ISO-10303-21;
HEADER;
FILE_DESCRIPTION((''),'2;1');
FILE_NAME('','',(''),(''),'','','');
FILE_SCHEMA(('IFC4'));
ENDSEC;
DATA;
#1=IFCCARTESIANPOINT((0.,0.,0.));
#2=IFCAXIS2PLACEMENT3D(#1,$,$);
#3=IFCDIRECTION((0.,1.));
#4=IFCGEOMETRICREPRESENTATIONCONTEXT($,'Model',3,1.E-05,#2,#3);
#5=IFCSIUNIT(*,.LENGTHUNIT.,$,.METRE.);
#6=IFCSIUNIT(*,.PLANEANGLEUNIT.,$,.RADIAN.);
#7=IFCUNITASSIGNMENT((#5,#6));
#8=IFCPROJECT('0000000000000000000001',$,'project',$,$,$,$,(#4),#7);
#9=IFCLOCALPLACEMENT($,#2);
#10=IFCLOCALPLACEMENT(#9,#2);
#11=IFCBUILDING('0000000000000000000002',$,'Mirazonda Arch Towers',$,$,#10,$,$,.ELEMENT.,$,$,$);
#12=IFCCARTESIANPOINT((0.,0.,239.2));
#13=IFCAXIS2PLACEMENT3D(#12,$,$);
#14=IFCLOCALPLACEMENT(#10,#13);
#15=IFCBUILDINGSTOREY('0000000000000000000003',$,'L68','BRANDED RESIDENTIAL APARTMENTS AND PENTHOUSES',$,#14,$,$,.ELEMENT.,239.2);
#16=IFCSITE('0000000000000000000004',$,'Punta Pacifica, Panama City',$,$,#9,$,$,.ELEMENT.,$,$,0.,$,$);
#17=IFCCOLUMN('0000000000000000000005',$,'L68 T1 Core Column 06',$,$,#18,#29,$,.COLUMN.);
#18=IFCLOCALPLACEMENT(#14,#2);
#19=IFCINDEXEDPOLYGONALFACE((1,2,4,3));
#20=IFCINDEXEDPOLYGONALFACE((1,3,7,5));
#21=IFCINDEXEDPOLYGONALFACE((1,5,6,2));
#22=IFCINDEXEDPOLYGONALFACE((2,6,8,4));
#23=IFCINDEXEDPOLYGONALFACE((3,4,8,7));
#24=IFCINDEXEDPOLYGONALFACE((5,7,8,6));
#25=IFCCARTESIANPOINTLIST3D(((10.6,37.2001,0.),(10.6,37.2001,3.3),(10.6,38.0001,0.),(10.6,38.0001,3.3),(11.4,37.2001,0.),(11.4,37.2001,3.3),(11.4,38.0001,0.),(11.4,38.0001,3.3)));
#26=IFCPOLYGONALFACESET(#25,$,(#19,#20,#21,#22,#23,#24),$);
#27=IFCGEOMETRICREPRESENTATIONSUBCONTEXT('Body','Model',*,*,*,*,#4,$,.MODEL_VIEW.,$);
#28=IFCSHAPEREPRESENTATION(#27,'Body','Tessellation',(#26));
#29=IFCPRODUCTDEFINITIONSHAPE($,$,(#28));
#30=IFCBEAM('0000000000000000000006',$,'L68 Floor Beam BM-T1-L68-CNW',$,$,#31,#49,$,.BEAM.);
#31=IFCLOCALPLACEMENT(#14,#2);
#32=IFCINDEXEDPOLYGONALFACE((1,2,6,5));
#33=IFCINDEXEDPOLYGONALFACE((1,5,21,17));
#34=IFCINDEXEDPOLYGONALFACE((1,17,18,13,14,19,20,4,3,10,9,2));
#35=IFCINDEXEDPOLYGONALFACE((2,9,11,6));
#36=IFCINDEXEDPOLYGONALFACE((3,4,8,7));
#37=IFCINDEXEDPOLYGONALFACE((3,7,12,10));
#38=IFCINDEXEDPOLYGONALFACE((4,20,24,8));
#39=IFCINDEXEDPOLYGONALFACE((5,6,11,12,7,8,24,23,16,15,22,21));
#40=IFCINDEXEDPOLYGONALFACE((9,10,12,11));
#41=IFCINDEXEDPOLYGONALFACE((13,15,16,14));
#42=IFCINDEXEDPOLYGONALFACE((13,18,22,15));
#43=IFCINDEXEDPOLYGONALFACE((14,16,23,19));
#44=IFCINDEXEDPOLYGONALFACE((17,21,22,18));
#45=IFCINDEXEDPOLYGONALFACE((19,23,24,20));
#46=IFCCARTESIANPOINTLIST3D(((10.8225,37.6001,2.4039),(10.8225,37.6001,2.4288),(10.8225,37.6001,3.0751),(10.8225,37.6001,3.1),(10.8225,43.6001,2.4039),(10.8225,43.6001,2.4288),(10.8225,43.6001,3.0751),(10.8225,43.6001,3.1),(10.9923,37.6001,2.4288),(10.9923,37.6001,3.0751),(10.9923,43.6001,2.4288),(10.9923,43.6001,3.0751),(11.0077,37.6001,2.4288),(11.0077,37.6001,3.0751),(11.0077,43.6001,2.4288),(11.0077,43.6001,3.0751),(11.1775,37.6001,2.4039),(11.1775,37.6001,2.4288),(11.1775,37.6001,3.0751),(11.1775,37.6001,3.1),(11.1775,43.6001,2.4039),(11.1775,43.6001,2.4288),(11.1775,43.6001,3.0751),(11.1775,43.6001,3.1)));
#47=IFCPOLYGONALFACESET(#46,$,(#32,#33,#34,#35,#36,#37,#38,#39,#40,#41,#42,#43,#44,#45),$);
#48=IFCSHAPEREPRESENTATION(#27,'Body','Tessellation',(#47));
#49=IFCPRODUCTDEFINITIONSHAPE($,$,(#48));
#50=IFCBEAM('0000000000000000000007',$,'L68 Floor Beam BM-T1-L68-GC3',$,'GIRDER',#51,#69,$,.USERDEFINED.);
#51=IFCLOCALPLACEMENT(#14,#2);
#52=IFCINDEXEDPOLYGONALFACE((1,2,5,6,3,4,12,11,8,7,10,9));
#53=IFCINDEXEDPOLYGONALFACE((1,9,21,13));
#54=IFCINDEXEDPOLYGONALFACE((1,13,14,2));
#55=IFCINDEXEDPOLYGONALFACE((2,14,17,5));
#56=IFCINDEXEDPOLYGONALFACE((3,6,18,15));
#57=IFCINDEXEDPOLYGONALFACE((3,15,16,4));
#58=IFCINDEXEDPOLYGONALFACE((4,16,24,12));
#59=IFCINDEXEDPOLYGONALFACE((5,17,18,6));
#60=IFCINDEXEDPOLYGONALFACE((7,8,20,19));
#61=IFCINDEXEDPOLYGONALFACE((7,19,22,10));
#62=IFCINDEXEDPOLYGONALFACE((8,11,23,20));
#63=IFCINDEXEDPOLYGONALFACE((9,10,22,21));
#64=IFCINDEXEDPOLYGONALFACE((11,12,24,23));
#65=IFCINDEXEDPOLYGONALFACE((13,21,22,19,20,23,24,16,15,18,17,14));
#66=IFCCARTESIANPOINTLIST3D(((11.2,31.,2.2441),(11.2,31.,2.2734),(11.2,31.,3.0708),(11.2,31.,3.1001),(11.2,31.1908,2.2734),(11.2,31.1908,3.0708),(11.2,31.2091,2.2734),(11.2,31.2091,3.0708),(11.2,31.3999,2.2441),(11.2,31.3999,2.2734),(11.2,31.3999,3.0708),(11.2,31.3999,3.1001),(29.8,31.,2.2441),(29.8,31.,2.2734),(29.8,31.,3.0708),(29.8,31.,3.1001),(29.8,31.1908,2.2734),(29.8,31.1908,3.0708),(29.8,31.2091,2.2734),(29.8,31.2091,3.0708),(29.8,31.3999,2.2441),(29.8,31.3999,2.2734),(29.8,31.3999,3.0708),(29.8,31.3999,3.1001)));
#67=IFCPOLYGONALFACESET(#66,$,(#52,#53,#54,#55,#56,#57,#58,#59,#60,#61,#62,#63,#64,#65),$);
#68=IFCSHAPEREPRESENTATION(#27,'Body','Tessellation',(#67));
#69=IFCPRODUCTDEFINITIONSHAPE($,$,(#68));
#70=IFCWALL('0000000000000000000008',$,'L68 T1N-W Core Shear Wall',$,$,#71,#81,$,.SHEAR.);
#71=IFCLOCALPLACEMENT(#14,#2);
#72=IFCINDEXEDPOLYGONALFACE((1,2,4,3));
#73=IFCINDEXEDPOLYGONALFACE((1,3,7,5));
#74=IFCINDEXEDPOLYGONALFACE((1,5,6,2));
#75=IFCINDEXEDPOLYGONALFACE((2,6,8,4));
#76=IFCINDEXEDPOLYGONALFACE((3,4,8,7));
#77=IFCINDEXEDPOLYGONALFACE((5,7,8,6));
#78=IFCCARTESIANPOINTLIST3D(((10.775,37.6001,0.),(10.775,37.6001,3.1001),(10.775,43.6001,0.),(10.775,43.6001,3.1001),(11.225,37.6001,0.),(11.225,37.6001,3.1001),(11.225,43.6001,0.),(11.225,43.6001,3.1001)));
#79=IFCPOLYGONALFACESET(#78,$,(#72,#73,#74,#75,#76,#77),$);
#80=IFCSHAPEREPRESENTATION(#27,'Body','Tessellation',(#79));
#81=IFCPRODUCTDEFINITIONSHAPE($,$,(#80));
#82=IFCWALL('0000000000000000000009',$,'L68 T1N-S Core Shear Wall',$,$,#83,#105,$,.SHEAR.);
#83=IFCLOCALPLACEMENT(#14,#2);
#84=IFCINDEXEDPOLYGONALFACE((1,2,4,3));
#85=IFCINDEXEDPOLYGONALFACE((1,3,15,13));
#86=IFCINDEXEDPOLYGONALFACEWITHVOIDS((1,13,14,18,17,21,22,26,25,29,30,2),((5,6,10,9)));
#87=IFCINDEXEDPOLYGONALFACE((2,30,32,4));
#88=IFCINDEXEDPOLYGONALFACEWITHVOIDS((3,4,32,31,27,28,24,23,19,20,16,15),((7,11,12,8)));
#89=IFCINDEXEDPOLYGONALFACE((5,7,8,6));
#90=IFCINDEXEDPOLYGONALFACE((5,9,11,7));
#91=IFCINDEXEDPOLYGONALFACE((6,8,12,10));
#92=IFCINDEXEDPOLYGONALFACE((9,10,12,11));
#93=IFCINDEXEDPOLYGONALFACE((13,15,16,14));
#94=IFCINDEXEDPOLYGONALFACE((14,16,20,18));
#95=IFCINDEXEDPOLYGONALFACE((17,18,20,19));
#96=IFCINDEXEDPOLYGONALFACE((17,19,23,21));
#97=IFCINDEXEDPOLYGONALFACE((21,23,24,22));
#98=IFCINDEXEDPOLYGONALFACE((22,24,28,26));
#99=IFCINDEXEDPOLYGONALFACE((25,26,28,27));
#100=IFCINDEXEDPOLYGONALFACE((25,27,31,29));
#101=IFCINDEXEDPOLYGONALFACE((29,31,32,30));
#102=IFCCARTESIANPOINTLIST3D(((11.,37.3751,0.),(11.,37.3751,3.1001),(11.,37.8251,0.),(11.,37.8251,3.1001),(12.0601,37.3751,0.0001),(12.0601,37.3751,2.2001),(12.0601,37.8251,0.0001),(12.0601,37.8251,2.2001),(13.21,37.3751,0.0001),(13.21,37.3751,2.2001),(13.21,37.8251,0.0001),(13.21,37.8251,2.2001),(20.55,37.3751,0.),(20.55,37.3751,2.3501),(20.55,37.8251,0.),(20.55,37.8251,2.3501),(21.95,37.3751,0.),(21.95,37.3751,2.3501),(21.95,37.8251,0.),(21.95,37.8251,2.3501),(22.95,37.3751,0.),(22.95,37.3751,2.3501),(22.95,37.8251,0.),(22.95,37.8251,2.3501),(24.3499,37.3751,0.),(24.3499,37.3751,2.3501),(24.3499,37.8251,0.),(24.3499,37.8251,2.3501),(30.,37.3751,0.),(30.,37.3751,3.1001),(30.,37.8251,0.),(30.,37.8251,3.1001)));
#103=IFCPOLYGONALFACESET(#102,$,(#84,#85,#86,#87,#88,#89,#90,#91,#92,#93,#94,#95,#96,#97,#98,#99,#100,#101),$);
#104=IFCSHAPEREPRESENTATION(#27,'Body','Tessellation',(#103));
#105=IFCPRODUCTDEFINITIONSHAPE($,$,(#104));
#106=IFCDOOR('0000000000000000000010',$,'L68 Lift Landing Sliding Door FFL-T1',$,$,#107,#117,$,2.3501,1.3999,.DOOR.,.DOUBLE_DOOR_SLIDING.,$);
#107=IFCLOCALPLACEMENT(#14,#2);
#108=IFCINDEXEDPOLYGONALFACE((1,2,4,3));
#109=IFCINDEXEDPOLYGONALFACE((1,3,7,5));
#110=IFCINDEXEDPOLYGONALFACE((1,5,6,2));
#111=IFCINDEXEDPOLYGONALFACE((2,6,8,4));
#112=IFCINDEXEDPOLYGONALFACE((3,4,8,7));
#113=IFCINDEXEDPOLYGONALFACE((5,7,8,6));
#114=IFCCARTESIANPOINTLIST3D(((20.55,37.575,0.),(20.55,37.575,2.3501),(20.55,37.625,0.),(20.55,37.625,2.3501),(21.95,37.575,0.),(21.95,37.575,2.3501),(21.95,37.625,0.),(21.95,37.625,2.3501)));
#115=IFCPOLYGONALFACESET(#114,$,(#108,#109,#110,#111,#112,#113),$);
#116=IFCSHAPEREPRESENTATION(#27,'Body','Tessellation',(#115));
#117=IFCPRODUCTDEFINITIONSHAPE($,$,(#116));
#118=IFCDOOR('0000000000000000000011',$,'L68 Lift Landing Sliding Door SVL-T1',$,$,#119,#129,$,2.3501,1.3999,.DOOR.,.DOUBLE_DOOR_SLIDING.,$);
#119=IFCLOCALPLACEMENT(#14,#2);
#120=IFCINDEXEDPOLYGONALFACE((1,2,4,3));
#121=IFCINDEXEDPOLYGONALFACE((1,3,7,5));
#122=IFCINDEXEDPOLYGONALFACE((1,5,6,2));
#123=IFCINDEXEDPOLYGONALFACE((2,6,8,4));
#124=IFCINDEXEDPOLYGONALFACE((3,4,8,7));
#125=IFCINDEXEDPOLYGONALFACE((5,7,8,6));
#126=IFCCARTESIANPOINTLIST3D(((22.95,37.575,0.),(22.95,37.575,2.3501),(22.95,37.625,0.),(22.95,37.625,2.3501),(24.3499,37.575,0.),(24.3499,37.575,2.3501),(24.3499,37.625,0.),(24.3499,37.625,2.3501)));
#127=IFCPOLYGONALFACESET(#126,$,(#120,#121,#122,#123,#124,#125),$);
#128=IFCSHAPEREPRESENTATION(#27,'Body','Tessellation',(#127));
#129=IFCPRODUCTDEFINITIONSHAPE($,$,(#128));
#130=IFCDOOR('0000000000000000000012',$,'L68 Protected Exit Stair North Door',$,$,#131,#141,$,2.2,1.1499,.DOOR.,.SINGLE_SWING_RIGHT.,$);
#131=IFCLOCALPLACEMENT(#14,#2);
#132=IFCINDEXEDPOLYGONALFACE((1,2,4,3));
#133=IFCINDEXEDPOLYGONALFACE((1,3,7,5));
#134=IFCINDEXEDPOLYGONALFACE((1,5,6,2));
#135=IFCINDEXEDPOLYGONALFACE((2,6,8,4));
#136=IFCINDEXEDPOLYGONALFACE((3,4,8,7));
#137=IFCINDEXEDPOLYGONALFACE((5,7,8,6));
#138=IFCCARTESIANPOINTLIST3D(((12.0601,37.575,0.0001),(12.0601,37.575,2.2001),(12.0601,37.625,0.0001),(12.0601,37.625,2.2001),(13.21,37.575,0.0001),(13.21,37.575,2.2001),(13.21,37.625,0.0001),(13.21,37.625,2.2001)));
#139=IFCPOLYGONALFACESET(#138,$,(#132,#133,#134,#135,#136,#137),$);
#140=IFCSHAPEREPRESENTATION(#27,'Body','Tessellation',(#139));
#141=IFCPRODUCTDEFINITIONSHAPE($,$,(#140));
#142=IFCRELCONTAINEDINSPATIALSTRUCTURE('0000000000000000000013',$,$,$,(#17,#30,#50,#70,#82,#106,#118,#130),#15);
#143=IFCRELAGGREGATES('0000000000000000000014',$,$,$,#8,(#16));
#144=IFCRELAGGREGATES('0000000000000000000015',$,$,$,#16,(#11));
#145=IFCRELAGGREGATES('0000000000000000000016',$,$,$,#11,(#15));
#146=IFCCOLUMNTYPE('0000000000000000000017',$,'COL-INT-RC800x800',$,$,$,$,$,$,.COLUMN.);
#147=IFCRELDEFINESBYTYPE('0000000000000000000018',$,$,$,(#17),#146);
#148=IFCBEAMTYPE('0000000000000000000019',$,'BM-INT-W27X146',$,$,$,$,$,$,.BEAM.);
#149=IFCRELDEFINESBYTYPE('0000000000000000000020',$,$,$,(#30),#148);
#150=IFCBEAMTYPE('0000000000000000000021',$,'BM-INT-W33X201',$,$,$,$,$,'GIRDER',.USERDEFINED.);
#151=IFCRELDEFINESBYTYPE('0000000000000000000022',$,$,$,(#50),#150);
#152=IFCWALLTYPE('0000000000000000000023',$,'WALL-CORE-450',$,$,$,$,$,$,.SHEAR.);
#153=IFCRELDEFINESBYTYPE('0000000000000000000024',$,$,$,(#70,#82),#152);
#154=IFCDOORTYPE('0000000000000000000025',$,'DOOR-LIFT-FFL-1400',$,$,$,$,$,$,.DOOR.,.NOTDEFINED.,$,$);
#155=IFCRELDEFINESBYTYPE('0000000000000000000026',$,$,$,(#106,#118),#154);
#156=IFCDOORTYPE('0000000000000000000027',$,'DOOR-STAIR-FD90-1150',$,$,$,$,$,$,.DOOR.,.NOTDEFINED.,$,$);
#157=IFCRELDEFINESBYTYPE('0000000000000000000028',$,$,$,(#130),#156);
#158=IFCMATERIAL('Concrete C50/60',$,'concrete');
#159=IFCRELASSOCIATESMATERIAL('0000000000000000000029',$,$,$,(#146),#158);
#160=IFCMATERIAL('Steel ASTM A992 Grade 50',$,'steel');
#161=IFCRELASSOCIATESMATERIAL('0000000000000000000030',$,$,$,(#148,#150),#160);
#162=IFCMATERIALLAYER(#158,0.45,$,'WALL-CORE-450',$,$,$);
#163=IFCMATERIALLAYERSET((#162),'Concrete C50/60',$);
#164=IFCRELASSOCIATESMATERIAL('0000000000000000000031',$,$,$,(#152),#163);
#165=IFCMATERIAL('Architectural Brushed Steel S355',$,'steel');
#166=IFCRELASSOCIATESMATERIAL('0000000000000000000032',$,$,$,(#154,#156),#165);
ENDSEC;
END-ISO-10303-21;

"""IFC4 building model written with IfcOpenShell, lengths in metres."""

from ifc_helpers import new_model, si_unit, direction, frame, frame_2d, origin, origin_2d, place, context, subcontext, project, spatial, rectangle, i_section, extrude, material, layer, layer_set, material_profile, profile_set, type_object, element, fill, save


model = new_model("IFC4")

# Units and contexts
model_context = context("Model", 3, precision=1e-05, world=origin(), true_north=direction((0.0, 1.0)))
body_context = subcontext(model_context, "Body", "Model", "MODEL_VIEW")
ifc_project = project(units=[si_unit("LENGTHUNIT", "METRE"), si_unit("PLANEANGLEUNIT", "RADIAN")], contexts=[model_context])

# Site, building, storey
site_placement = place(None, origin())
site = spatial("IfcSite", under=ifc_project, at=site_placement, Name="Punta Pacifica, Panama City", CompositionType="ELEMENT", RefElevation=0.0)
building_placement = place(site_placement, origin())
building = spatial("IfcBuilding", under=site, at=building_placement, Name="Mirazonda Arch Towers", CompositionType="ELEMENT")
storey_placement = place(building_placement, frame((0.0, 0.0, 239.2)))
storey = spatial("IfcBuildingStorey", under=building, at=storey_placement, Name="L68", Description="BRANDED RESIDENTIAL APARTMENTS AND PENTHOUSES", CompositionType="ELEMENT", Elevation=239.2)

# Column
ifc_material_1 = material(Name="Concrete C50/60", Category="concrete")
ifc_material_profile_1 = material_profile(ifc_material_1, rectangle(XDim=0.8, YDim=0.8, at=origin_2d()), Name="RC800x800")
ifc_profile_set_1 = profile_set([ifc_material_profile_1], Name="Concrete C50/60")
column_type = type_object("IfcColumnType", Name="COL-INT-RC800x800", PredefinedType="COLUMN", material=ifc_profile_set_1)
column_placement = place(storey_placement, frame((11.0, 37.6001, 0.0), z_axis=(0.0, 0.0, 1.0), x_axis=(1.0, 0.0, 0.0)))
element("IfcColumn", 1, at=column_placement, inside=storey, type_object=column_type, Name="L68 T1 Core Column 06", PredefinedType="COLUMN", context=body_context, shape_type="SweptSolid", body=[
    extrude(rectangle(XDim=0.8, YDim=0.8, at=origin_2d()), origin(), (0.0, 0.0, 1.0), 3.3),
])

# Beams
ifc_material_2 = material(Name="Steel ASTM A992 Grade 50", Category="steel")
ifc_material_profile_2 = material_profile(ifc_material_2, i_section(OverallWidth=0.355, OverallDepth=0.696, WebThickness=0.0154, FlangeThickness=0.0249, at=origin_2d()), Name="W27X146")
ifc_profile_set_2 = profile_set([ifc_material_profile_2], Name="Steel ASTM A992 Grade 50")
beam_type_1 = type_object("IfcBeamType", Name="BM-INT-W27X146", PredefinedType="BEAM", material=ifc_profile_set_2)
beam_1_placement = place(storey_placement, frame((11.0, 37.6001, 2.752), z_axis=(0.0, 1.0, 0.0), x_axis=(-1.0, 0.0, 0.0)))
element("IfcBeam", 2, at=beam_1_placement, inside=storey, type_object=beam_type_1, Name="L68 Floor Beam BM-T1-L68-CNW", PredefinedType="BEAM", context=body_context, shape_type="SweptSolid", body=[
    extrude(i_section(OverallWidth=0.355, OverallDepth=0.696, WebThickness=0.0154, FlangeThickness=0.0249, at=origin_2d()), origin(), (0.0, 0.0, 1.0), 6.0),
])
ifc_material_profile_3 = material_profile(ifc_material_2, i_section(OverallWidth=0.3999, OverallDepth=0.856, WebThickness=0.0183, FlangeThickness=0.0293, at=origin_2d()), Name="W33X201")
ifc_profile_set_3 = profile_set([ifc_material_profile_3], Name="Steel ASTM A992 Grade 50")
beam_type_2 = type_object("IfcBeamType", Name="BM-INT-W33X201", ElementType="GIRDER", PredefinedType="USERDEFINED", material=ifc_profile_set_3)
beam_2_placement = place(storey_placement, frame((11.2, 31.2, 2.6721), z_axis=(1.0, 0.0, 0.0), x_axis=(0.0, 1.0, 0.0)))
element("IfcBeam", 3, at=beam_2_placement, inside=storey, type_object=beam_type_2, Name="L68 Floor Beam BM-T1-L68-GC3", ObjectType="GIRDER", PredefinedType="USERDEFINED", context=body_context, shape_type="SweptSolid", body=[
    extrude(i_section(OverallWidth=0.3999, OverallDepth=0.856, WebThickness=0.0183, FlangeThickness=0.0293, at=origin_2d()), origin(), (0.0, 0.0, 1.0), 18.6001),
])

# Wall
ifc_layer_1 = layer(ifc_material_1, 0.45, Name="WALL-CORE-450")
ifc_layer_set_1 = layer_set([ifc_layer_1], Name="Concrete C50/60")
wall_type_1 = type_object("IfcWallType", Name="WALL-CORE-450", PredefinedType="SHEAR", material=ifc_layer_set_1)
wall_1_placement = place(storey_placement, frame((11.0, 37.6001, 0.0), z_axis=(0.0, 0.0, 1.0), x_axis=(0.0, 1.0, 0.0)))
element("IfcWall", 4, at=wall_1_placement, inside=storey, type_object=wall_type_1, Name="L68 T1N-W Core Shear Wall", PredefinedType="SHEAR", context=body_context, shape_type="SweptSolid", body=[
    extrude(rectangle(XDim=6.0, YDim=0.45, at=frame_2d((3.0, 0.0))), origin(), (0.0, 0.0, 1.0), 3.1001),
])

# Wall, openings, doors
wall_2_placement = place(storey_placement, frame((11.0, 37.6001, 0.0), z_axis=(0.0, 0.0, 1.0), x_axis=(1.0, 0.0, 0.0)))
wall_2 = element("IfcWall", 5, at=wall_2_placement, inside=storey, type_object=wall_type_1, Name="L68 T1N-S Core Shear Wall", PredefinedType="SHEAR", context=body_context, shape_type="SweptSolid", body=[
    extrude(rectangle(XDim=19.0, YDim=0.45, at=frame_2d((9.5, 0.0))), origin(), (0.0, 0.0, 1.0), 3.1001),
])
opening_1_placement = place(wall_2_placement, frame((1.0601, 0.0, 0.0)))
opening_1 = element("IfcOpeningElement", 6, at=opening_1_placement, cuts=wall_2, PredefinedType="OPENING", context=body_context, shape_type="SweptSolid", body=[
    extrude(rectangle(XDim=1.1499, YDim=2.2, at=frame_2d((0.575, 1.1001))), frame((0.0, 0.2349, 0.0), z_axis=(0.0, -1.0, 0.0), x_axis=(1.0, 0.0, 0.0)), (0.0, 0.0, 1.0), 0.47),
])
opening_2_placement = place(wall_2_placement, frame((9.55, 0.0, 0.0)))
opening_2 = element("IfcOpeningElement", 7, at=opening_2_placement, cuts=wall_2, PredefinedType="OPENING", context=body_context, shape_type="SweptSolid", body=[
    extrude(rectangle(XDim=1.3999, YDim=2.3501, at=frame_2d((0.7, 1.175))), frame((0.0, 0.2349, 0.0), z_axis=(0.0, -1.0, 0.0), x_axis=(1.0, 0.0, 0.0)), (0.0, 0.0, 1.0), 0.47),
])
opening_3_placement = place(wall_2_placement, frame((11.95, 0.0, 0.0)))
opening_3 = element("IfcOpeningElement", 8, at=opening_3_placement, cuts=wall_2, PredefinedType="OPENING", context=body_context, shape_type="SweptSolid", body=[
    extrude(rectangle(XDim=1.3999, YDim=2.3501, at=frame_2d((0.7, 1.175))), frame((0.0, 0.2349, 0.0), z_axis=(0.0, -1.0, 0.0), x_axis=(1.0, 0.0, 0.0)), (0.0, 0.0, 1.0), 0.47),
])
ifc_material_3 = material(Name="Architectural Brushed Steel S355", Category="steel")
door_type_1 = type_object("IfcDoorType", Name="DOOR-LIFT-FFL-1400", OperationType="NOTDEFINED", PredefinedType="DOOR", material=ifc_material_3)
door_1_placement = place(opening_2_placement, origin())
door_1 = element("IfcDoor", 9, at=door_1_placement, inside=storey, type_object=door_type_1, Name="L68 Lift Landing Sliding Door FFL-T1", OperationType="DOUBLE_DOOR_SLIDING", OverallHeight=2.3501, OverallWidth=1.3999, PredefinedType="DOOR", context=body_context, shape_type="SweptSolid", body=[
    extrude(rectangle(XDim=1.3999, YDim=2.3501, at=frame_2d((0.7, 1.175))), frame((0.0, 0.0249, 0.0), z_axis=(0.0, -1.0, 0.0), x_axis=(1.0, 0.0, 0.0)), (0.0, 0.0, 1.0), 0.05),
])
fill(opening_2, door_1)
door_2_placement = place(opening_3_placement, origin())
door_2 = element("IfcDoor", 10, at=door_2_placement, inside=storey, type_object=door_type_1, Name="L68 Lift Landing Sliding Door SVL-T1", OperationType="DOUBLE_DOOR_SLIDING", OverallHeight=2.3501, OverallWidth=1.3999, PredefinedType="DOOR", context=body_context, shape_type="SweptSolid", body=[
    extrude(rectangle(XDim=1.3999, YDim=2.3501, at=frame_2d((0.7, 1.175))), frame((0.0, 0.0249, 0.0), z_axis=(0.0, -1.0, 0.0), x_axis=(1.0, 0.0, 0.0)), (0.0, 0.0, 1.0), 0.05),
])
fill(opening_3, door_2)
door_type_2 = type_object("IfcDoorType", Name="DOOR-STAIR-FD90-1150", OperationType="NOTDEFINED", PredefinedType="DOOR", material=ifc_material_3)
door_3_placement = place(opening_1_placement, origin())
door_3 = element("IfcDoor", 11, at=door_3_placement, inside=storey, type_object=door_type_2, Name="L68 Protected Exit Stair North Door", OperationType="SINGLE_SWING_RIGHT", OverallHeight=2.2, OverallWidth=1.1499, PredefinedType="DOOR", context=body_context, shape_type="SweptSolid", body=[
    extrude(rectangle(XDim=1.1499, YDim=2.2, at=frame_2d((0.575, 1.1001))), frame((0.0, 0.0249, 0.0), z_axis=(0.0, -1.0, 0.0), x_axis=(1.0, 0.0, 0.0)), (0.0, 0.0, 1.0), 0.05),
])
fill(opening_1, door_3)

save(model, "model.ifc")
